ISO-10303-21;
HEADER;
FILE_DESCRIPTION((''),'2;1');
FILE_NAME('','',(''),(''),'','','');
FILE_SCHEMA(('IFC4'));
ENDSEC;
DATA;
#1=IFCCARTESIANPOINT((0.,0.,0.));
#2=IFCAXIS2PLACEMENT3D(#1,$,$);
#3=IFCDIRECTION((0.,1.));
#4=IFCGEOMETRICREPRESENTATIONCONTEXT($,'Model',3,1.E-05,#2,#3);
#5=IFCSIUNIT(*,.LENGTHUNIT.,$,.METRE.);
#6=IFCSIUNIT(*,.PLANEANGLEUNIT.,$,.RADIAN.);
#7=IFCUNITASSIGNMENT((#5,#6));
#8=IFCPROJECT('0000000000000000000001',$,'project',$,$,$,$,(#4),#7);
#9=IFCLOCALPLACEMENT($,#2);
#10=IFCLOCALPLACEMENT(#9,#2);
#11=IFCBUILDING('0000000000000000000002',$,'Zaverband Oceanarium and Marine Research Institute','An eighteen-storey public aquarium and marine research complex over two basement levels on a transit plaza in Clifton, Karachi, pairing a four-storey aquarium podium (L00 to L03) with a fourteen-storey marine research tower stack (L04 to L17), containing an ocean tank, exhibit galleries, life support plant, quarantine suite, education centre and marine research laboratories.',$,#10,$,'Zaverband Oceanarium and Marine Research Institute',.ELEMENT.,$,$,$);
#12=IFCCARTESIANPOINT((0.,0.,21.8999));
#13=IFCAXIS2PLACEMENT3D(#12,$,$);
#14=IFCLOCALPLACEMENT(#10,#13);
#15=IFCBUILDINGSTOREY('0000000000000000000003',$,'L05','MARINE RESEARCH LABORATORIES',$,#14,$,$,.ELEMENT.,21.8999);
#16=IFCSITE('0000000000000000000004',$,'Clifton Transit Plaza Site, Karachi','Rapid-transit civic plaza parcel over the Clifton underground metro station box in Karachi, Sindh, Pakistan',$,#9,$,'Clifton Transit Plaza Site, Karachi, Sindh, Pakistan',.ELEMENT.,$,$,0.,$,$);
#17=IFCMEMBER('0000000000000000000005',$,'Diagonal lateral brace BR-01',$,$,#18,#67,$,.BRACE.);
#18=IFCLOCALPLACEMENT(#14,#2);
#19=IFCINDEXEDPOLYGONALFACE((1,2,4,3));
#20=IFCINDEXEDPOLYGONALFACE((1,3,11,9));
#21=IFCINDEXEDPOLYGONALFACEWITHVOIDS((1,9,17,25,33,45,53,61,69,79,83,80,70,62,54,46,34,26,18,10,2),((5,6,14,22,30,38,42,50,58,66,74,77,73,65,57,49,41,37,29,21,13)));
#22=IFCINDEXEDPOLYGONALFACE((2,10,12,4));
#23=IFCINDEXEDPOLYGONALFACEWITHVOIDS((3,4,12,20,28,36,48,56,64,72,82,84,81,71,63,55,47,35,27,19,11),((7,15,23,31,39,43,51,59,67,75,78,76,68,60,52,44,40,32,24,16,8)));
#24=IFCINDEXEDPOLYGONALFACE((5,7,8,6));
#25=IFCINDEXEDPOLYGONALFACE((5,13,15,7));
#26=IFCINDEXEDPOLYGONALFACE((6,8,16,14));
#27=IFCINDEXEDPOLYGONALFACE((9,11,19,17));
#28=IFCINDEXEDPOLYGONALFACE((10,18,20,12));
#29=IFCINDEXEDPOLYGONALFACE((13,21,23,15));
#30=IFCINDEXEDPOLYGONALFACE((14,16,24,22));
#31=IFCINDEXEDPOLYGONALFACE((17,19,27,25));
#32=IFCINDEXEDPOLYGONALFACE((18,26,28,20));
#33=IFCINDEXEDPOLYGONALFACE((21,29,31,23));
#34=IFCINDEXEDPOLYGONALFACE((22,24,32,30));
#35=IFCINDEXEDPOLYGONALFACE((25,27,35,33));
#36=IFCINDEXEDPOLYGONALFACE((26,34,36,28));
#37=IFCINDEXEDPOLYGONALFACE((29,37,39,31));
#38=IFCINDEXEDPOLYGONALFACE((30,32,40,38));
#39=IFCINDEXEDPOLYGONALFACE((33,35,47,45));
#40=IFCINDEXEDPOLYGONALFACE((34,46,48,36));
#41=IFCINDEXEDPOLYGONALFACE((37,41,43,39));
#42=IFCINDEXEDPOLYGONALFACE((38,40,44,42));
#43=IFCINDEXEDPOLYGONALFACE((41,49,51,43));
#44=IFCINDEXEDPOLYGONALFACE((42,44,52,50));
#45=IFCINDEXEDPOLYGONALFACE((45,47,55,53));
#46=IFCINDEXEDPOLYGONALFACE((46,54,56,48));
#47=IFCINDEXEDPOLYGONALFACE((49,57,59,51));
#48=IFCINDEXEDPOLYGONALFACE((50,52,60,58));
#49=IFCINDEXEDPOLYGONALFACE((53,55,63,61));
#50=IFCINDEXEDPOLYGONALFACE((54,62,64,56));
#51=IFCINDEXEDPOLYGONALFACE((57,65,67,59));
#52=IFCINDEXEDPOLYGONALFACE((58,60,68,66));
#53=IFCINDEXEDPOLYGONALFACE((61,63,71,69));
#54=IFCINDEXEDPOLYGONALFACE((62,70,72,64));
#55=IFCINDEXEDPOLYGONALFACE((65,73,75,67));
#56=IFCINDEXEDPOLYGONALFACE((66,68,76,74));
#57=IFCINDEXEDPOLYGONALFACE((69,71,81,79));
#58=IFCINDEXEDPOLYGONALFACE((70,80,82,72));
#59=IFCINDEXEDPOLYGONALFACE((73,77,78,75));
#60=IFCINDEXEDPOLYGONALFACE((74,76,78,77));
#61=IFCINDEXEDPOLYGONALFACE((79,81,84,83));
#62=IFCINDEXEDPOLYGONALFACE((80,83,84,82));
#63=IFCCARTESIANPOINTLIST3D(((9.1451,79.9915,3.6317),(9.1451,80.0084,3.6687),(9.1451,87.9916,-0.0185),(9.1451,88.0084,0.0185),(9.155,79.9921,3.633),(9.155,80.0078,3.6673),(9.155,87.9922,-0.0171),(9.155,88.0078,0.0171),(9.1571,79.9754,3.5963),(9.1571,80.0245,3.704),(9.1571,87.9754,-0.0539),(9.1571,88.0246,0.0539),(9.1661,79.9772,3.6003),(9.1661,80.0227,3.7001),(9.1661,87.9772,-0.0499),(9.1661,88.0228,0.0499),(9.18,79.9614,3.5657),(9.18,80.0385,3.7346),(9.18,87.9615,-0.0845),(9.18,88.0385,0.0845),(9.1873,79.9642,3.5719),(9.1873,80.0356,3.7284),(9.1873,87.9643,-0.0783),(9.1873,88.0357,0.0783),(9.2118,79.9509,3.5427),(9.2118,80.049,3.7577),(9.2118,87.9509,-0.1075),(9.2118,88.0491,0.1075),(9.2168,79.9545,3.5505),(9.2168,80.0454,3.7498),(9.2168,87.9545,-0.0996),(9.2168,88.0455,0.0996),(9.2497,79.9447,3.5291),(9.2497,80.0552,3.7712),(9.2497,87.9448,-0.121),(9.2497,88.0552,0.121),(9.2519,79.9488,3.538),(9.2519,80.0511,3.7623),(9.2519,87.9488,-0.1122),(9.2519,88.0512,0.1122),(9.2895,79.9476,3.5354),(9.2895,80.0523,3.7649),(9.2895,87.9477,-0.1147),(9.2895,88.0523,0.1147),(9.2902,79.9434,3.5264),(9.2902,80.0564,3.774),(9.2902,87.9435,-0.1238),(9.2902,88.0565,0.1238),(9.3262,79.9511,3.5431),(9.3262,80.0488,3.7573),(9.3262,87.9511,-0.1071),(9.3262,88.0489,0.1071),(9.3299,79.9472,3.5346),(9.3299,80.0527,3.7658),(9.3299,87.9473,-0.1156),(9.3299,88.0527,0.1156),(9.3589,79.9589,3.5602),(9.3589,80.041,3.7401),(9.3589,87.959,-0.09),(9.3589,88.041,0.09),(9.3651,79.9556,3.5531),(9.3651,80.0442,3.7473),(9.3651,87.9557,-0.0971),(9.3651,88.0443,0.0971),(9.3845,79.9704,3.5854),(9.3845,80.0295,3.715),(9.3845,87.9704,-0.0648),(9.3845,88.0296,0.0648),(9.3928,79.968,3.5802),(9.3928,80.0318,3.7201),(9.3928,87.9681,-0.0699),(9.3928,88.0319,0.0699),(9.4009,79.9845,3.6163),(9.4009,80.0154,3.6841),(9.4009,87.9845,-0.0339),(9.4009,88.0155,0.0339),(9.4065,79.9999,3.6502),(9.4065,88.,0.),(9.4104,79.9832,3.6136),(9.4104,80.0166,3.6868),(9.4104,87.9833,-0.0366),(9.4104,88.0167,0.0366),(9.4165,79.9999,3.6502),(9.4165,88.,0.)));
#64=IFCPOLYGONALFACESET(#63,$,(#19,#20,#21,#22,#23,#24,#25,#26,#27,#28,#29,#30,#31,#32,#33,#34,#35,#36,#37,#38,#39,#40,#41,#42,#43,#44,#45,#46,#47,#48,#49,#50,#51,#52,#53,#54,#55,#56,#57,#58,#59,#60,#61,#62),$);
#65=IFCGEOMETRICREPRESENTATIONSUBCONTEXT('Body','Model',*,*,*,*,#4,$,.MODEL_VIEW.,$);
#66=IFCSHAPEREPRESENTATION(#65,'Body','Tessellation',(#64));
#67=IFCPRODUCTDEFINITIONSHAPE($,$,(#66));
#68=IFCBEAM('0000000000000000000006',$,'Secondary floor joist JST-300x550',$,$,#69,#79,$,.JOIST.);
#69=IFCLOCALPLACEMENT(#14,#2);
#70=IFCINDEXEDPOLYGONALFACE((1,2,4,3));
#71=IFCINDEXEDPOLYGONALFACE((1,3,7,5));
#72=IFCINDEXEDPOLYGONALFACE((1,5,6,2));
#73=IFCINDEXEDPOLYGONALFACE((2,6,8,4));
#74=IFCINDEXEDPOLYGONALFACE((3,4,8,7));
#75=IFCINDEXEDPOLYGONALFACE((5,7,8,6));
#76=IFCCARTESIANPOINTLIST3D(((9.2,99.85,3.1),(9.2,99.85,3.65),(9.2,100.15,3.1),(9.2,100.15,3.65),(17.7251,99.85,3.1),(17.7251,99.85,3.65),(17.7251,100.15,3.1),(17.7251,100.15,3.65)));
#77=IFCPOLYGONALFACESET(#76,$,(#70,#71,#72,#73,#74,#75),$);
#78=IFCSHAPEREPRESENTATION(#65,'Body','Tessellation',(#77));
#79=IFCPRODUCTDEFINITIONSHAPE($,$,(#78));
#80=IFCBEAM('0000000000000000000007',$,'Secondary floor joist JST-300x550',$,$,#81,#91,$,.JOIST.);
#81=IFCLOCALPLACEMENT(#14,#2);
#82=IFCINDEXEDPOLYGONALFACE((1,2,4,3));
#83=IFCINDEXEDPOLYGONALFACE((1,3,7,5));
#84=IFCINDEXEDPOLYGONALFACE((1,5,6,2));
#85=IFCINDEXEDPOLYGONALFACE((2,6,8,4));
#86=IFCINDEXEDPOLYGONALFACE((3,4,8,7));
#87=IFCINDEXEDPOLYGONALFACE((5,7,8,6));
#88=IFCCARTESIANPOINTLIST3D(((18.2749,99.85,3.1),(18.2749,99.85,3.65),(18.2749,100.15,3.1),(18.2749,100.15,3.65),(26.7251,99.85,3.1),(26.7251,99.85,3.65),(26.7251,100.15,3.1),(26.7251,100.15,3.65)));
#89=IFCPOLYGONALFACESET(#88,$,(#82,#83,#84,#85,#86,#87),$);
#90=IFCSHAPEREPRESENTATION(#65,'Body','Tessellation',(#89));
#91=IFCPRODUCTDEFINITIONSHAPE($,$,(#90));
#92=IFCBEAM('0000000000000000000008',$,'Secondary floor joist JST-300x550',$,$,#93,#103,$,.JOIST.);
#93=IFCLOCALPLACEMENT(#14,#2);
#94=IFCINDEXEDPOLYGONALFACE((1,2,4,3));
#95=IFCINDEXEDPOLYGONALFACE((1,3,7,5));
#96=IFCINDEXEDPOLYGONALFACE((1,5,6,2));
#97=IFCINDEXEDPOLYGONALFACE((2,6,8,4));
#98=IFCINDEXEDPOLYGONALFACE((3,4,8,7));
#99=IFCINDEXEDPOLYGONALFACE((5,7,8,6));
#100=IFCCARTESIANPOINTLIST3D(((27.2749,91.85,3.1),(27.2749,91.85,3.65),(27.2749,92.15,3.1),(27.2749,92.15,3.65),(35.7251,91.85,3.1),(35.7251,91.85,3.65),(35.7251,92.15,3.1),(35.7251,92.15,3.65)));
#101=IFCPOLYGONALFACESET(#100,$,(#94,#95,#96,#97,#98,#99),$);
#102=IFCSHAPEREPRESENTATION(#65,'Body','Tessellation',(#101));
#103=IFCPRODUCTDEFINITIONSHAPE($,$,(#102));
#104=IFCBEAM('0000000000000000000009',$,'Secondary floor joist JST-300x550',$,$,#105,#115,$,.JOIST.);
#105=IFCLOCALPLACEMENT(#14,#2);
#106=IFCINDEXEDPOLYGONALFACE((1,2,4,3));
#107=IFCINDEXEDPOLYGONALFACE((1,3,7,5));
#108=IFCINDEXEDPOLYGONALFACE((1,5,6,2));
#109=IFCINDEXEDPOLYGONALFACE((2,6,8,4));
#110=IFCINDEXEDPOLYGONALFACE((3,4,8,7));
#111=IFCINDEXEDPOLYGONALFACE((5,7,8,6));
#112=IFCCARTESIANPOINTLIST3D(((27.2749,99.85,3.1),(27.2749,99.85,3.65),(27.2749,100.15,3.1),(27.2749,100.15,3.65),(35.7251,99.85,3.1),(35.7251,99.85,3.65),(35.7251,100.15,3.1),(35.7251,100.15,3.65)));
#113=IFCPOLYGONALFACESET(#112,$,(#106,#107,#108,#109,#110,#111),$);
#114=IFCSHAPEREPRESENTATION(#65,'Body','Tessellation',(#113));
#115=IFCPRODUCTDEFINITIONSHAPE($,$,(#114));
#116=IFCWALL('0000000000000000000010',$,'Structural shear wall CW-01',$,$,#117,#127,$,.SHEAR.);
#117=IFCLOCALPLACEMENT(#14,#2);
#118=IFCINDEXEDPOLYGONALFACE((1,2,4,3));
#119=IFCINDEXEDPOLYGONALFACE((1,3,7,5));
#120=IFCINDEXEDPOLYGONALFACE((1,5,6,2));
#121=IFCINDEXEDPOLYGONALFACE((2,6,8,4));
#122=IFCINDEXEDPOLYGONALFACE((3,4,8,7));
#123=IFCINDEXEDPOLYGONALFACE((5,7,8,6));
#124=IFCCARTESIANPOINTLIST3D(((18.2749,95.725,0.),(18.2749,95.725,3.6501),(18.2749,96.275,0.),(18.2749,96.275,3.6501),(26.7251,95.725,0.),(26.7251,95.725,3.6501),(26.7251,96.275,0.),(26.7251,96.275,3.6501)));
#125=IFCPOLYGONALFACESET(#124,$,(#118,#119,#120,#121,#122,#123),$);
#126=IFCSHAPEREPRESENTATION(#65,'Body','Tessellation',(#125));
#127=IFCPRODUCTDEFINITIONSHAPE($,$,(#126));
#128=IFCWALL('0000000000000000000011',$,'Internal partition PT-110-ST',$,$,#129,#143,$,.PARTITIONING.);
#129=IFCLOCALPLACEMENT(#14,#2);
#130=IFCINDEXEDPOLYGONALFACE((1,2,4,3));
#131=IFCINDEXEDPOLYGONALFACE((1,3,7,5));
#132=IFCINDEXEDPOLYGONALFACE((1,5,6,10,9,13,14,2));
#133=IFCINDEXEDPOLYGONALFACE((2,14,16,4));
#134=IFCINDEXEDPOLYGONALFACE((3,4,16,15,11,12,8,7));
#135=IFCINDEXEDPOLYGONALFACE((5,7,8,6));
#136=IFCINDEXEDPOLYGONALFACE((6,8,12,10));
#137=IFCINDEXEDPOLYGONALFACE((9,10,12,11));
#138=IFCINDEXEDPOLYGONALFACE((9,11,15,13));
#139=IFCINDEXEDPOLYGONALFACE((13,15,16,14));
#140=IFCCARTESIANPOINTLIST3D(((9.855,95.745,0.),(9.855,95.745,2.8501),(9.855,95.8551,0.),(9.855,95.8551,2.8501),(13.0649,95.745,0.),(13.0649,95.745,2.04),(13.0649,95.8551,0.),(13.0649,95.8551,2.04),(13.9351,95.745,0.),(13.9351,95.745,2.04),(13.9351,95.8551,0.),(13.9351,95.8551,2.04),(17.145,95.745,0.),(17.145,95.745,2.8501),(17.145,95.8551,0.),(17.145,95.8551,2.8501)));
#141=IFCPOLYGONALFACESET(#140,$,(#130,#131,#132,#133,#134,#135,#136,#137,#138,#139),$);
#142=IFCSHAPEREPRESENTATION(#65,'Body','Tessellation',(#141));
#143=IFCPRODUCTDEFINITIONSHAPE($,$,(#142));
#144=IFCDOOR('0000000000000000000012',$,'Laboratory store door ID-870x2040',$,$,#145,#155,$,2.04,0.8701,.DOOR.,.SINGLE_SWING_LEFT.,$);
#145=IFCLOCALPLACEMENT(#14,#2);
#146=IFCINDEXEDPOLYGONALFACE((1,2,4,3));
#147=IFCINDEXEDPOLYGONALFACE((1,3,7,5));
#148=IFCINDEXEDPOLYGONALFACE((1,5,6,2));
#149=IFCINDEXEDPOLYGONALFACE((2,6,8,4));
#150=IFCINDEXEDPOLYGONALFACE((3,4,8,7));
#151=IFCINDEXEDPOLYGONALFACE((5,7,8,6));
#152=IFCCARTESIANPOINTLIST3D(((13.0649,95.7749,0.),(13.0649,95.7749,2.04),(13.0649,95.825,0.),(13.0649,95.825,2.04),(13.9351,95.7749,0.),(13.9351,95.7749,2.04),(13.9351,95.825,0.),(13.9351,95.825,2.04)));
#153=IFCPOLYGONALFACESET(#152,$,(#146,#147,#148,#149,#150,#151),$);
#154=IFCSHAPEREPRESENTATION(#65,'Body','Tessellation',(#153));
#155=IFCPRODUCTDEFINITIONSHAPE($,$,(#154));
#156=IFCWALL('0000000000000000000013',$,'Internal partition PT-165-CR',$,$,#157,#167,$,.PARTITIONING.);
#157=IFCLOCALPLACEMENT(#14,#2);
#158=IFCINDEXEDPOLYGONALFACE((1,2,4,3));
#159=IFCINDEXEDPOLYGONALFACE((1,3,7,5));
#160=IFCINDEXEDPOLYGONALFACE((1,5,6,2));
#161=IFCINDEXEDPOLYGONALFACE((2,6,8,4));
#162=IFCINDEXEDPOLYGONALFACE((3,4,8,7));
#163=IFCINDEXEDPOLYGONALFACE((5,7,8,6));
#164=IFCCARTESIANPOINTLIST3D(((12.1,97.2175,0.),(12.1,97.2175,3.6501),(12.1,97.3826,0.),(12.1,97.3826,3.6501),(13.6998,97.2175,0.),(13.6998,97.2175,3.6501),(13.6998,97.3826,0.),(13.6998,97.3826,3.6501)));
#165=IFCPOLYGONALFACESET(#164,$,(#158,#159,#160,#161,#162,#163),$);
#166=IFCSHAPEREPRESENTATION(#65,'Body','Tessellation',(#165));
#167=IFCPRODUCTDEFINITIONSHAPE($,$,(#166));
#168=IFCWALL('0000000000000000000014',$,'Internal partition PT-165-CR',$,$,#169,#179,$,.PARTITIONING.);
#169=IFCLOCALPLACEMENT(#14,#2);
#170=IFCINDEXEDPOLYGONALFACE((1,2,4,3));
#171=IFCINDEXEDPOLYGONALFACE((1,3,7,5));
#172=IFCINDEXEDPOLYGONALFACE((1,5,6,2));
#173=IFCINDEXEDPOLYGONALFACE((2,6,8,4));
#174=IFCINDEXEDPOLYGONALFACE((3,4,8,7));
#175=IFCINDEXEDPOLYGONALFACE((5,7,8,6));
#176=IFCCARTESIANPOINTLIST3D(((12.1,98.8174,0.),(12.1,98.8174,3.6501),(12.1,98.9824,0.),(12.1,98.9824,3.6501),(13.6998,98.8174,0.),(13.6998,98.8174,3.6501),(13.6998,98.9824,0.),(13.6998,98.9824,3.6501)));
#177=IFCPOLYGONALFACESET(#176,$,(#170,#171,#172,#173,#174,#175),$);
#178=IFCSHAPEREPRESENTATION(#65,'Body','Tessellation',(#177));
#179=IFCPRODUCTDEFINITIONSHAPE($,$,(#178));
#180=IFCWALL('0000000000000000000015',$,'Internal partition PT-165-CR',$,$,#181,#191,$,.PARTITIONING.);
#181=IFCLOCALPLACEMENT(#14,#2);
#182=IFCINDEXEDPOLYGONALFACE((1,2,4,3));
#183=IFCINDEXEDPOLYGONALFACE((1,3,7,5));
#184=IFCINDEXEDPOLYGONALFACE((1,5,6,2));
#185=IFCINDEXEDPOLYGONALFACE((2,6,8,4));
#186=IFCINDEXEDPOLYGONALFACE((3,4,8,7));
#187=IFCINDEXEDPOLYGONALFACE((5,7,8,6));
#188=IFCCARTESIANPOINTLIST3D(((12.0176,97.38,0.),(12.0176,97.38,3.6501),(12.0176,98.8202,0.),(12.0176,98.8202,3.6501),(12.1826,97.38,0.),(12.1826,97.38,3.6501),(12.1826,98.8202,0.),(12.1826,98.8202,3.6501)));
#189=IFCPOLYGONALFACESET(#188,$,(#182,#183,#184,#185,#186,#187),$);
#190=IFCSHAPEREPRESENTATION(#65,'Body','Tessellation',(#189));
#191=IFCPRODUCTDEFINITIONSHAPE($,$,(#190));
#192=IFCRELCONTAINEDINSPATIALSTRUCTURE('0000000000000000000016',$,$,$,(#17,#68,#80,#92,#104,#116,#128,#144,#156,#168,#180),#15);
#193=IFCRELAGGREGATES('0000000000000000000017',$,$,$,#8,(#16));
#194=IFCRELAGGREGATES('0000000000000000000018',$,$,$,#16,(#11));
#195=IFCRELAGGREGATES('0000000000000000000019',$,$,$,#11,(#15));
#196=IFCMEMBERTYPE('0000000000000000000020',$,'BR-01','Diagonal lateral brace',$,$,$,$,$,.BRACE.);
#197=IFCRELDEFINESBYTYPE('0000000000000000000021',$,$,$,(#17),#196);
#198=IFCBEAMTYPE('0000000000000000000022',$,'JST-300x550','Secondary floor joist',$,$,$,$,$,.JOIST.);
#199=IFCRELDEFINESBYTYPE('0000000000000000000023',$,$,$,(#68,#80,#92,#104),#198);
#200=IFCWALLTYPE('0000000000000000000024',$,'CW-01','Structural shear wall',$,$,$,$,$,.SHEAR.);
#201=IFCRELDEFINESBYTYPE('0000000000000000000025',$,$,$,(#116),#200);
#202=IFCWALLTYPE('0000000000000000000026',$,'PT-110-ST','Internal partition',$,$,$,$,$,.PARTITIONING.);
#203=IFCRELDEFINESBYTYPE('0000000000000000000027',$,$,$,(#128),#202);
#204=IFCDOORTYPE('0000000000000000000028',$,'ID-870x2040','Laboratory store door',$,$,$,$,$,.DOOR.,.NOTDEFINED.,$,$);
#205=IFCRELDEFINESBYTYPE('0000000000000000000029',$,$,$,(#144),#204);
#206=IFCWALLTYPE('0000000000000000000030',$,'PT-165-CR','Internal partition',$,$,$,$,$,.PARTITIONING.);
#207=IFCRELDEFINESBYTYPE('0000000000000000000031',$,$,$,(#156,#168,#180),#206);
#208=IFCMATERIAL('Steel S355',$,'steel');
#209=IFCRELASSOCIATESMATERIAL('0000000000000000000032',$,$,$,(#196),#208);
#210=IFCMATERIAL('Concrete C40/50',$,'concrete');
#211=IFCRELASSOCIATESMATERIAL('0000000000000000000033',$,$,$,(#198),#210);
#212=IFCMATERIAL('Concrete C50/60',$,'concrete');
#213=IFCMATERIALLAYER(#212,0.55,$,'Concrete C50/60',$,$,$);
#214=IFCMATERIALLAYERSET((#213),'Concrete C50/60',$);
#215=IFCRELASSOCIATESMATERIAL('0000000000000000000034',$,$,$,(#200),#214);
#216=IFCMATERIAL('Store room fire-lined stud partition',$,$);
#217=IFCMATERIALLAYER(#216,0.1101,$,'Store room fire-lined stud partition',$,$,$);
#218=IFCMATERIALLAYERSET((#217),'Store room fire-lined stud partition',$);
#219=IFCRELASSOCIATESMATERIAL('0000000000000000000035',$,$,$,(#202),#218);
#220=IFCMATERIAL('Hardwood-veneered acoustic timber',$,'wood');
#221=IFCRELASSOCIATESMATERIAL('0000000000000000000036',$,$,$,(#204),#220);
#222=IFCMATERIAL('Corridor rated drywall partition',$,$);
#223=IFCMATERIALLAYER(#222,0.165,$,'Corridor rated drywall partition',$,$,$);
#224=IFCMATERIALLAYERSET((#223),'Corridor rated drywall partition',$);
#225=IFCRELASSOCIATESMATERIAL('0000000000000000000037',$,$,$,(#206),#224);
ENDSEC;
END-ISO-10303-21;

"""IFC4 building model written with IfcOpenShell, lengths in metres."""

from ifc_helpers import new_model, si_unit, direction, frame, frame_2d, origin, origin_2d, place, context, subcontext, project, spatial, rectangle, hollow_circle, extrude, material, layer, layer_set, material_profile, profile_set, type_object, element, fill, save


model = new_model("IFC4")

# Units and contexts
model_context = context("Model", 3, precision=1e-05, world=origin(), true_north=direction((0.0, 1.0)))
body_context = subcontext(model_context, "Body", "Model", "MODEL_VIEW")
ifc_project = project(units=[si_unit("LENGTHUNIT", "METRE"), si_unit("PLANEANGLEUNIT", "RADIAN")], contexts=[model_context])

# Site, building, storey
site_placement = place(None, origin())
site = spatial("IfcSite", under=ifc_project, at=site_placement, Name="Clifton Transit Plaza Site, Karachi", Description="Rapid-transit civic plaza parcel over the Clifton underground metro station box in Karachi, Sindh, Pakistan", LongName="Clifton Transit Plaza Site, Karachi, Sindh, Pakistan", CompositionType="ELEMENT", RefElevation=0.0)
building_placement = place(site_placement, origin())
building = spatial("IfcBuilding", under=site, at=building_placement, Name="Zaverband Oceanarium and Marine Research Institute", Description="An eighteen-storey public aquarium and marine research complex over two basement levels on a transit plaza in Clifton, Karachi, pairing a four-storey aquarium podium (L00 to L03) with a fourteen-storey marine research tower stack (L04 to L17), containing an ocean tank, exhibit galleries, life support plant, quarantine suite, education centre and marine research laboratories.", LongName="Zaverband Oceanarium and Marine Research Institute", CompositionType="ELEMENT")
storey_placement = place(building_placement, frame((0.0, 0.0, 21.8999)))
storey = spatial("IfcBuildingStorey", under=building, at=storey_placement, Name="L05", Description="MARINE RESEARCH LABORATORIES", CompositionType="ELEMENT", Elevation=21.8999)

# Shared definitions
ifc_material_1 = material(Name="Concrete C50/60", Category="concrete")

# Shared definitions
ifc_material_2 = material(Name="Concrete C40/50", Category="concrete")

# Member
ifc_material_3 = material(Name="Steel S355", Category="steel")
ifc_material_profile_1 = material_profile(ifc_material_3, hollow_circle(Radius=0.1365, WallThickness=0.01, at=origin_2d()), Name="CHS273x10")
ifc_profile_set_1 = profile_set([ifc_material_profile_1], Name="Steel S355")
member_type = type_object("IfcMemberType", Name="BR-01", Description="Diagonal lateral brace", PredefinedType="BRACE", material=ifc_profile_set_1)
member_placement = place(storey_placement, frame((9.28, 88.0, 0.0), z_axis=(0.0, -0.909775, 0.415102), x_axis=(1.0, 0.0, 0.0)))
element("IfcMember", 1, at=member_placement, inside=storey, type_object=member_type, Name="Diagonal lateral brace BR-01", PredefinedType="BRACE", context=body_context, shape_type="SweptSolid", body=[
    extrude(hollow_circle(Radius=0.1365, WallThickness=0.01, at=origin_2d()), origin(), (0.0, 0.0, 1.0), 8.7935),
])

# Beams
ifc_material_profile_2 = material_profile(ifc_material_2, rectangle(XDim=0.3, YDim=0.55, at=origin_2d()), Name="RC300x550")
ifc_profile_set_2 = profile_set([ifc_material_profile_2], Name="Concrete C40/50")
beam_type_1 = type_object("IfcBeamType", Name="JST-300x550", Description="Secondary floor joist", PredefinedType="JOIST", material=ifc_profile_set_2)
beam_placement = place(storey_placement, frame((9.2, 100.0, 3.375), z_axis=(1.0, 0.0, 0.0), x_axis=(0.0, 1.0, 0.0)))
element("IfcBeam", 2, at=beam_placement, inside=storey, type_object=beam_type_1, Name="Secondary floor joist JST-300x550", PredefinedType="JOIST", context=body_context, shape_type="SweptSolid", body=[
    extrude(rectangle(XDim=0.3, YDim=0.55, at=origin_2d()), origin(), (0.0, 0.0, 1.0), 8.5251),
])
for number, where, z_axis, x_axis, name in (
    (3, (18.2749, 100.0, 3.375), (1.0, 0.0, 0.0), (0.0, 1.0, 0.0), "Secondary floor joist JST-300x550"),
    (4, (27.2749, 92.0, 3.375), (1.0, 0.0, 0.0), (0.0, 1.0, 0.0), "Secondary floor joist JST-300x550"),
    (5, (27.2749, 100.0, 3.375), (1.0, 0.0, 0.0), (0.0, 1.0, 0.0), "Secondary floor joist JST-300x550"),
):
    element("IfcBeam", number, at=place(storey_placement, frame(where, z_axis=z_axis, x_axis=x_axis)), inside=storey, type_object=beam_type_1, Name=name, PredefinedType="JOIST", context=body_context, shape_type="SweptSolid", body=[
        extrude(rectangle(XDim=0.3, YDim=0.55, at=origin_2d()), origin(), (0.0, 0.0, 1.0), 8.4502),
    ])

# Wall
ifc_layer_1 = layer(ifc_material_1, 0.55, Name="Concrete C50/60")
ifc_layer_set_1 = layer_set([ifc_layer_1], Name="Concrete C50/60")
wall_type_1 = type_object("IfcWallType", Name="CW-01", Description="Structural shear wall", PredefinedType="SHEAR", material=ifc_layer_set_1)
wall_1_placement = place(storey_placement, frame((18.2749, 96.0, 0.0), z_axis=(0.0, 0.0, 1.0), x_axis=(1.0, 0.0, 0.0)))
element("IfcWall", 6, at=wall_1_placement, inside=storey, type_object=wall_type_1, Name="Structural shear wall CW-01", PredefinedType="SHEAR", context=body_context, shape_type="SweptSolid", body=[
    extrude(rectangle(XDim=8.4502, YDim=0.55, at=frame_2d((4.2251, 0.0))), origin(), (0.0, 0.0, 1.0), 3.6501),
])

# Wall, opening, door
ifc_material_4 = material(Name="Store room fire-lined stud partition")
ifc_layer_2 = layer(ifc_material_4, 0.1101, Name="Store room fire-lined stud partition")
ifc_layer_set_2 = layer_set([ifc_layer_2], Name="Store room fire-lined stud partition")
wall_type_2 = type_object("IfcWallType", Name="PT-110-ST", Description="Internal partition", PredefinedType="PARTITIONING", material=ifc_layer_set_2)
wall_2_placement = place(storey_placement, frame((9.855, 95.8, 0.0), z_axis=(0.0, 0.0, 1.0), x_axis=(1.0, 0.0, 0.0)))
wall_2 = element("IfcWall", 7, at=wall_2_placement, inside=storey, type_object=wall_type_2, Name="Internal partition PT-110-ST", PredefinedType="PARTITIONING", context=body_context, shape_type="SweptSolid", body=[
    extrude(rectangle(XDim=7.29, YDim=0.1101, at=frame_2d((3.645, 0.0))), origin(), (0.0, 0.0, 1.0), 2.8501),
])
opening_placement = place(wall_2_placement, frame((3.21, 0.0, 0.0)))
opening = element("IfcOpeningElement", 8, at=opening_placement, cuts=wall_2, PredefinedType="OPENING", context=body_context, shape_type="SweptSolid", body=[
    extrude(rectangle(XDim=0.8701, YDim=2.04, at=frame_2d((0.4351, 1.02))), frame((0.0, 0.0669, 0.0), z_axis=(0.0, -1.0, 0.0), x_axis=(1.0, 0.0, 0.0)), (0.0, 0.0, 1.0), 0.134),
])
ifc_material_5 = material(Name="Hardwood-veneered acoustic timber", Category="wood")
door_type = type_object("IfcDoorType", Name="ID-870x2040", Description="Laboratory store door", OperationType="NOTDEFINED", PredefinedType="DOOR", material=ifc_material_5)
door_placement = place(opening_placement, origin())
door = element("IfcDoor", 9, at=door_placement, inside=storey, type_object=door_type, Name="Laboratory store door ID-870x2040", OperationType="SINGLE_SWING_LEFT", OverallHeight=2.04, OverallWidth=0.8701, PredefinedType="DOOR", context=body_context, shape_type="SweptSolid", body=[
    extrude(rectangle(XDim=0.8701, YDim=2.04, at=frame_2d((0.4351, 1.02))), frame((0.0, 0.0249, 0.0), z_axis=(0.0, -1.0, 0.0), x_axis=(1.0, 0.0, 0.0)), (0.0, 0.0, 1.0), 0.05),
])
fill(opening, door)

# Walls
ifc_material_6 = material(Name="Corridor rated drywall partition")
ifc_layer_3 = layer(ifc_material_6, 0.165, Name="Corridor rated drywall partition")
ifc_layer_set_3 = layer_set([ifc_layer_3], Name="Corridor rated drywall partition")
wall_type_3 = type_object("IfcWallType", Name="PT-165-CR", Description="Internal partition", PredefinedType="PARTITIONING", material=ifc_layer_set_3)
for number, where, z_axis, x_axis, name in (
    (10, (12.1001, 97.3, 0.0), (0.0, 0.0, 1.0), (1.0, 0.0, 0.0), "Internal partition PT-165-CR"),
    (11, (12.1001, 98.8999, 0.0), (0.0, 0.0, 1.0), (1.0, 0.0, 0.0), "Internal partition PT-165-CR"),
):
    element("IfcWall", number, at=place(storey_placement, frame(where, z_axis=z_axis, x_axis=x_axis)), inside=storey, type_object=wall_type_3, Name=name, PredefinedType="PARTITIONING", context=body_context, shape_type="SweptSolid", body=[
        extrude(rectangle(XDim=1.5999, YDim=0.165, at=frame_2d((0.7998, 0.0))), origin(), (0.0, 0.0, 1.0), 3.6501),
    ])
for number, where, z_axis, x_axis, name in (
    (12, (12.1001, 97.3799, 0.0), (0.0, 0.0, 1.0), (0.0, 1.0, 0.0), "Internal partition PT-165-CR"),
):
    element("IfcWall", number, at=place(storey_placement, frame(where, z_axis=z_axis, x_axis=x_axis)), inside=storey, type_object=wall_type_3, Name=name, PredefinedType="PARTITIONING", context=body_context, shape_type="SweptSolid", body=[
        extrude(rectangle(XDim=1.4402, YDim=0.165, at=frame_2d((0.7202, 0.0))), origin(), (0.0, 0.0, 1.0), 3.6501),
    ])

save(model, "model.ifc")
